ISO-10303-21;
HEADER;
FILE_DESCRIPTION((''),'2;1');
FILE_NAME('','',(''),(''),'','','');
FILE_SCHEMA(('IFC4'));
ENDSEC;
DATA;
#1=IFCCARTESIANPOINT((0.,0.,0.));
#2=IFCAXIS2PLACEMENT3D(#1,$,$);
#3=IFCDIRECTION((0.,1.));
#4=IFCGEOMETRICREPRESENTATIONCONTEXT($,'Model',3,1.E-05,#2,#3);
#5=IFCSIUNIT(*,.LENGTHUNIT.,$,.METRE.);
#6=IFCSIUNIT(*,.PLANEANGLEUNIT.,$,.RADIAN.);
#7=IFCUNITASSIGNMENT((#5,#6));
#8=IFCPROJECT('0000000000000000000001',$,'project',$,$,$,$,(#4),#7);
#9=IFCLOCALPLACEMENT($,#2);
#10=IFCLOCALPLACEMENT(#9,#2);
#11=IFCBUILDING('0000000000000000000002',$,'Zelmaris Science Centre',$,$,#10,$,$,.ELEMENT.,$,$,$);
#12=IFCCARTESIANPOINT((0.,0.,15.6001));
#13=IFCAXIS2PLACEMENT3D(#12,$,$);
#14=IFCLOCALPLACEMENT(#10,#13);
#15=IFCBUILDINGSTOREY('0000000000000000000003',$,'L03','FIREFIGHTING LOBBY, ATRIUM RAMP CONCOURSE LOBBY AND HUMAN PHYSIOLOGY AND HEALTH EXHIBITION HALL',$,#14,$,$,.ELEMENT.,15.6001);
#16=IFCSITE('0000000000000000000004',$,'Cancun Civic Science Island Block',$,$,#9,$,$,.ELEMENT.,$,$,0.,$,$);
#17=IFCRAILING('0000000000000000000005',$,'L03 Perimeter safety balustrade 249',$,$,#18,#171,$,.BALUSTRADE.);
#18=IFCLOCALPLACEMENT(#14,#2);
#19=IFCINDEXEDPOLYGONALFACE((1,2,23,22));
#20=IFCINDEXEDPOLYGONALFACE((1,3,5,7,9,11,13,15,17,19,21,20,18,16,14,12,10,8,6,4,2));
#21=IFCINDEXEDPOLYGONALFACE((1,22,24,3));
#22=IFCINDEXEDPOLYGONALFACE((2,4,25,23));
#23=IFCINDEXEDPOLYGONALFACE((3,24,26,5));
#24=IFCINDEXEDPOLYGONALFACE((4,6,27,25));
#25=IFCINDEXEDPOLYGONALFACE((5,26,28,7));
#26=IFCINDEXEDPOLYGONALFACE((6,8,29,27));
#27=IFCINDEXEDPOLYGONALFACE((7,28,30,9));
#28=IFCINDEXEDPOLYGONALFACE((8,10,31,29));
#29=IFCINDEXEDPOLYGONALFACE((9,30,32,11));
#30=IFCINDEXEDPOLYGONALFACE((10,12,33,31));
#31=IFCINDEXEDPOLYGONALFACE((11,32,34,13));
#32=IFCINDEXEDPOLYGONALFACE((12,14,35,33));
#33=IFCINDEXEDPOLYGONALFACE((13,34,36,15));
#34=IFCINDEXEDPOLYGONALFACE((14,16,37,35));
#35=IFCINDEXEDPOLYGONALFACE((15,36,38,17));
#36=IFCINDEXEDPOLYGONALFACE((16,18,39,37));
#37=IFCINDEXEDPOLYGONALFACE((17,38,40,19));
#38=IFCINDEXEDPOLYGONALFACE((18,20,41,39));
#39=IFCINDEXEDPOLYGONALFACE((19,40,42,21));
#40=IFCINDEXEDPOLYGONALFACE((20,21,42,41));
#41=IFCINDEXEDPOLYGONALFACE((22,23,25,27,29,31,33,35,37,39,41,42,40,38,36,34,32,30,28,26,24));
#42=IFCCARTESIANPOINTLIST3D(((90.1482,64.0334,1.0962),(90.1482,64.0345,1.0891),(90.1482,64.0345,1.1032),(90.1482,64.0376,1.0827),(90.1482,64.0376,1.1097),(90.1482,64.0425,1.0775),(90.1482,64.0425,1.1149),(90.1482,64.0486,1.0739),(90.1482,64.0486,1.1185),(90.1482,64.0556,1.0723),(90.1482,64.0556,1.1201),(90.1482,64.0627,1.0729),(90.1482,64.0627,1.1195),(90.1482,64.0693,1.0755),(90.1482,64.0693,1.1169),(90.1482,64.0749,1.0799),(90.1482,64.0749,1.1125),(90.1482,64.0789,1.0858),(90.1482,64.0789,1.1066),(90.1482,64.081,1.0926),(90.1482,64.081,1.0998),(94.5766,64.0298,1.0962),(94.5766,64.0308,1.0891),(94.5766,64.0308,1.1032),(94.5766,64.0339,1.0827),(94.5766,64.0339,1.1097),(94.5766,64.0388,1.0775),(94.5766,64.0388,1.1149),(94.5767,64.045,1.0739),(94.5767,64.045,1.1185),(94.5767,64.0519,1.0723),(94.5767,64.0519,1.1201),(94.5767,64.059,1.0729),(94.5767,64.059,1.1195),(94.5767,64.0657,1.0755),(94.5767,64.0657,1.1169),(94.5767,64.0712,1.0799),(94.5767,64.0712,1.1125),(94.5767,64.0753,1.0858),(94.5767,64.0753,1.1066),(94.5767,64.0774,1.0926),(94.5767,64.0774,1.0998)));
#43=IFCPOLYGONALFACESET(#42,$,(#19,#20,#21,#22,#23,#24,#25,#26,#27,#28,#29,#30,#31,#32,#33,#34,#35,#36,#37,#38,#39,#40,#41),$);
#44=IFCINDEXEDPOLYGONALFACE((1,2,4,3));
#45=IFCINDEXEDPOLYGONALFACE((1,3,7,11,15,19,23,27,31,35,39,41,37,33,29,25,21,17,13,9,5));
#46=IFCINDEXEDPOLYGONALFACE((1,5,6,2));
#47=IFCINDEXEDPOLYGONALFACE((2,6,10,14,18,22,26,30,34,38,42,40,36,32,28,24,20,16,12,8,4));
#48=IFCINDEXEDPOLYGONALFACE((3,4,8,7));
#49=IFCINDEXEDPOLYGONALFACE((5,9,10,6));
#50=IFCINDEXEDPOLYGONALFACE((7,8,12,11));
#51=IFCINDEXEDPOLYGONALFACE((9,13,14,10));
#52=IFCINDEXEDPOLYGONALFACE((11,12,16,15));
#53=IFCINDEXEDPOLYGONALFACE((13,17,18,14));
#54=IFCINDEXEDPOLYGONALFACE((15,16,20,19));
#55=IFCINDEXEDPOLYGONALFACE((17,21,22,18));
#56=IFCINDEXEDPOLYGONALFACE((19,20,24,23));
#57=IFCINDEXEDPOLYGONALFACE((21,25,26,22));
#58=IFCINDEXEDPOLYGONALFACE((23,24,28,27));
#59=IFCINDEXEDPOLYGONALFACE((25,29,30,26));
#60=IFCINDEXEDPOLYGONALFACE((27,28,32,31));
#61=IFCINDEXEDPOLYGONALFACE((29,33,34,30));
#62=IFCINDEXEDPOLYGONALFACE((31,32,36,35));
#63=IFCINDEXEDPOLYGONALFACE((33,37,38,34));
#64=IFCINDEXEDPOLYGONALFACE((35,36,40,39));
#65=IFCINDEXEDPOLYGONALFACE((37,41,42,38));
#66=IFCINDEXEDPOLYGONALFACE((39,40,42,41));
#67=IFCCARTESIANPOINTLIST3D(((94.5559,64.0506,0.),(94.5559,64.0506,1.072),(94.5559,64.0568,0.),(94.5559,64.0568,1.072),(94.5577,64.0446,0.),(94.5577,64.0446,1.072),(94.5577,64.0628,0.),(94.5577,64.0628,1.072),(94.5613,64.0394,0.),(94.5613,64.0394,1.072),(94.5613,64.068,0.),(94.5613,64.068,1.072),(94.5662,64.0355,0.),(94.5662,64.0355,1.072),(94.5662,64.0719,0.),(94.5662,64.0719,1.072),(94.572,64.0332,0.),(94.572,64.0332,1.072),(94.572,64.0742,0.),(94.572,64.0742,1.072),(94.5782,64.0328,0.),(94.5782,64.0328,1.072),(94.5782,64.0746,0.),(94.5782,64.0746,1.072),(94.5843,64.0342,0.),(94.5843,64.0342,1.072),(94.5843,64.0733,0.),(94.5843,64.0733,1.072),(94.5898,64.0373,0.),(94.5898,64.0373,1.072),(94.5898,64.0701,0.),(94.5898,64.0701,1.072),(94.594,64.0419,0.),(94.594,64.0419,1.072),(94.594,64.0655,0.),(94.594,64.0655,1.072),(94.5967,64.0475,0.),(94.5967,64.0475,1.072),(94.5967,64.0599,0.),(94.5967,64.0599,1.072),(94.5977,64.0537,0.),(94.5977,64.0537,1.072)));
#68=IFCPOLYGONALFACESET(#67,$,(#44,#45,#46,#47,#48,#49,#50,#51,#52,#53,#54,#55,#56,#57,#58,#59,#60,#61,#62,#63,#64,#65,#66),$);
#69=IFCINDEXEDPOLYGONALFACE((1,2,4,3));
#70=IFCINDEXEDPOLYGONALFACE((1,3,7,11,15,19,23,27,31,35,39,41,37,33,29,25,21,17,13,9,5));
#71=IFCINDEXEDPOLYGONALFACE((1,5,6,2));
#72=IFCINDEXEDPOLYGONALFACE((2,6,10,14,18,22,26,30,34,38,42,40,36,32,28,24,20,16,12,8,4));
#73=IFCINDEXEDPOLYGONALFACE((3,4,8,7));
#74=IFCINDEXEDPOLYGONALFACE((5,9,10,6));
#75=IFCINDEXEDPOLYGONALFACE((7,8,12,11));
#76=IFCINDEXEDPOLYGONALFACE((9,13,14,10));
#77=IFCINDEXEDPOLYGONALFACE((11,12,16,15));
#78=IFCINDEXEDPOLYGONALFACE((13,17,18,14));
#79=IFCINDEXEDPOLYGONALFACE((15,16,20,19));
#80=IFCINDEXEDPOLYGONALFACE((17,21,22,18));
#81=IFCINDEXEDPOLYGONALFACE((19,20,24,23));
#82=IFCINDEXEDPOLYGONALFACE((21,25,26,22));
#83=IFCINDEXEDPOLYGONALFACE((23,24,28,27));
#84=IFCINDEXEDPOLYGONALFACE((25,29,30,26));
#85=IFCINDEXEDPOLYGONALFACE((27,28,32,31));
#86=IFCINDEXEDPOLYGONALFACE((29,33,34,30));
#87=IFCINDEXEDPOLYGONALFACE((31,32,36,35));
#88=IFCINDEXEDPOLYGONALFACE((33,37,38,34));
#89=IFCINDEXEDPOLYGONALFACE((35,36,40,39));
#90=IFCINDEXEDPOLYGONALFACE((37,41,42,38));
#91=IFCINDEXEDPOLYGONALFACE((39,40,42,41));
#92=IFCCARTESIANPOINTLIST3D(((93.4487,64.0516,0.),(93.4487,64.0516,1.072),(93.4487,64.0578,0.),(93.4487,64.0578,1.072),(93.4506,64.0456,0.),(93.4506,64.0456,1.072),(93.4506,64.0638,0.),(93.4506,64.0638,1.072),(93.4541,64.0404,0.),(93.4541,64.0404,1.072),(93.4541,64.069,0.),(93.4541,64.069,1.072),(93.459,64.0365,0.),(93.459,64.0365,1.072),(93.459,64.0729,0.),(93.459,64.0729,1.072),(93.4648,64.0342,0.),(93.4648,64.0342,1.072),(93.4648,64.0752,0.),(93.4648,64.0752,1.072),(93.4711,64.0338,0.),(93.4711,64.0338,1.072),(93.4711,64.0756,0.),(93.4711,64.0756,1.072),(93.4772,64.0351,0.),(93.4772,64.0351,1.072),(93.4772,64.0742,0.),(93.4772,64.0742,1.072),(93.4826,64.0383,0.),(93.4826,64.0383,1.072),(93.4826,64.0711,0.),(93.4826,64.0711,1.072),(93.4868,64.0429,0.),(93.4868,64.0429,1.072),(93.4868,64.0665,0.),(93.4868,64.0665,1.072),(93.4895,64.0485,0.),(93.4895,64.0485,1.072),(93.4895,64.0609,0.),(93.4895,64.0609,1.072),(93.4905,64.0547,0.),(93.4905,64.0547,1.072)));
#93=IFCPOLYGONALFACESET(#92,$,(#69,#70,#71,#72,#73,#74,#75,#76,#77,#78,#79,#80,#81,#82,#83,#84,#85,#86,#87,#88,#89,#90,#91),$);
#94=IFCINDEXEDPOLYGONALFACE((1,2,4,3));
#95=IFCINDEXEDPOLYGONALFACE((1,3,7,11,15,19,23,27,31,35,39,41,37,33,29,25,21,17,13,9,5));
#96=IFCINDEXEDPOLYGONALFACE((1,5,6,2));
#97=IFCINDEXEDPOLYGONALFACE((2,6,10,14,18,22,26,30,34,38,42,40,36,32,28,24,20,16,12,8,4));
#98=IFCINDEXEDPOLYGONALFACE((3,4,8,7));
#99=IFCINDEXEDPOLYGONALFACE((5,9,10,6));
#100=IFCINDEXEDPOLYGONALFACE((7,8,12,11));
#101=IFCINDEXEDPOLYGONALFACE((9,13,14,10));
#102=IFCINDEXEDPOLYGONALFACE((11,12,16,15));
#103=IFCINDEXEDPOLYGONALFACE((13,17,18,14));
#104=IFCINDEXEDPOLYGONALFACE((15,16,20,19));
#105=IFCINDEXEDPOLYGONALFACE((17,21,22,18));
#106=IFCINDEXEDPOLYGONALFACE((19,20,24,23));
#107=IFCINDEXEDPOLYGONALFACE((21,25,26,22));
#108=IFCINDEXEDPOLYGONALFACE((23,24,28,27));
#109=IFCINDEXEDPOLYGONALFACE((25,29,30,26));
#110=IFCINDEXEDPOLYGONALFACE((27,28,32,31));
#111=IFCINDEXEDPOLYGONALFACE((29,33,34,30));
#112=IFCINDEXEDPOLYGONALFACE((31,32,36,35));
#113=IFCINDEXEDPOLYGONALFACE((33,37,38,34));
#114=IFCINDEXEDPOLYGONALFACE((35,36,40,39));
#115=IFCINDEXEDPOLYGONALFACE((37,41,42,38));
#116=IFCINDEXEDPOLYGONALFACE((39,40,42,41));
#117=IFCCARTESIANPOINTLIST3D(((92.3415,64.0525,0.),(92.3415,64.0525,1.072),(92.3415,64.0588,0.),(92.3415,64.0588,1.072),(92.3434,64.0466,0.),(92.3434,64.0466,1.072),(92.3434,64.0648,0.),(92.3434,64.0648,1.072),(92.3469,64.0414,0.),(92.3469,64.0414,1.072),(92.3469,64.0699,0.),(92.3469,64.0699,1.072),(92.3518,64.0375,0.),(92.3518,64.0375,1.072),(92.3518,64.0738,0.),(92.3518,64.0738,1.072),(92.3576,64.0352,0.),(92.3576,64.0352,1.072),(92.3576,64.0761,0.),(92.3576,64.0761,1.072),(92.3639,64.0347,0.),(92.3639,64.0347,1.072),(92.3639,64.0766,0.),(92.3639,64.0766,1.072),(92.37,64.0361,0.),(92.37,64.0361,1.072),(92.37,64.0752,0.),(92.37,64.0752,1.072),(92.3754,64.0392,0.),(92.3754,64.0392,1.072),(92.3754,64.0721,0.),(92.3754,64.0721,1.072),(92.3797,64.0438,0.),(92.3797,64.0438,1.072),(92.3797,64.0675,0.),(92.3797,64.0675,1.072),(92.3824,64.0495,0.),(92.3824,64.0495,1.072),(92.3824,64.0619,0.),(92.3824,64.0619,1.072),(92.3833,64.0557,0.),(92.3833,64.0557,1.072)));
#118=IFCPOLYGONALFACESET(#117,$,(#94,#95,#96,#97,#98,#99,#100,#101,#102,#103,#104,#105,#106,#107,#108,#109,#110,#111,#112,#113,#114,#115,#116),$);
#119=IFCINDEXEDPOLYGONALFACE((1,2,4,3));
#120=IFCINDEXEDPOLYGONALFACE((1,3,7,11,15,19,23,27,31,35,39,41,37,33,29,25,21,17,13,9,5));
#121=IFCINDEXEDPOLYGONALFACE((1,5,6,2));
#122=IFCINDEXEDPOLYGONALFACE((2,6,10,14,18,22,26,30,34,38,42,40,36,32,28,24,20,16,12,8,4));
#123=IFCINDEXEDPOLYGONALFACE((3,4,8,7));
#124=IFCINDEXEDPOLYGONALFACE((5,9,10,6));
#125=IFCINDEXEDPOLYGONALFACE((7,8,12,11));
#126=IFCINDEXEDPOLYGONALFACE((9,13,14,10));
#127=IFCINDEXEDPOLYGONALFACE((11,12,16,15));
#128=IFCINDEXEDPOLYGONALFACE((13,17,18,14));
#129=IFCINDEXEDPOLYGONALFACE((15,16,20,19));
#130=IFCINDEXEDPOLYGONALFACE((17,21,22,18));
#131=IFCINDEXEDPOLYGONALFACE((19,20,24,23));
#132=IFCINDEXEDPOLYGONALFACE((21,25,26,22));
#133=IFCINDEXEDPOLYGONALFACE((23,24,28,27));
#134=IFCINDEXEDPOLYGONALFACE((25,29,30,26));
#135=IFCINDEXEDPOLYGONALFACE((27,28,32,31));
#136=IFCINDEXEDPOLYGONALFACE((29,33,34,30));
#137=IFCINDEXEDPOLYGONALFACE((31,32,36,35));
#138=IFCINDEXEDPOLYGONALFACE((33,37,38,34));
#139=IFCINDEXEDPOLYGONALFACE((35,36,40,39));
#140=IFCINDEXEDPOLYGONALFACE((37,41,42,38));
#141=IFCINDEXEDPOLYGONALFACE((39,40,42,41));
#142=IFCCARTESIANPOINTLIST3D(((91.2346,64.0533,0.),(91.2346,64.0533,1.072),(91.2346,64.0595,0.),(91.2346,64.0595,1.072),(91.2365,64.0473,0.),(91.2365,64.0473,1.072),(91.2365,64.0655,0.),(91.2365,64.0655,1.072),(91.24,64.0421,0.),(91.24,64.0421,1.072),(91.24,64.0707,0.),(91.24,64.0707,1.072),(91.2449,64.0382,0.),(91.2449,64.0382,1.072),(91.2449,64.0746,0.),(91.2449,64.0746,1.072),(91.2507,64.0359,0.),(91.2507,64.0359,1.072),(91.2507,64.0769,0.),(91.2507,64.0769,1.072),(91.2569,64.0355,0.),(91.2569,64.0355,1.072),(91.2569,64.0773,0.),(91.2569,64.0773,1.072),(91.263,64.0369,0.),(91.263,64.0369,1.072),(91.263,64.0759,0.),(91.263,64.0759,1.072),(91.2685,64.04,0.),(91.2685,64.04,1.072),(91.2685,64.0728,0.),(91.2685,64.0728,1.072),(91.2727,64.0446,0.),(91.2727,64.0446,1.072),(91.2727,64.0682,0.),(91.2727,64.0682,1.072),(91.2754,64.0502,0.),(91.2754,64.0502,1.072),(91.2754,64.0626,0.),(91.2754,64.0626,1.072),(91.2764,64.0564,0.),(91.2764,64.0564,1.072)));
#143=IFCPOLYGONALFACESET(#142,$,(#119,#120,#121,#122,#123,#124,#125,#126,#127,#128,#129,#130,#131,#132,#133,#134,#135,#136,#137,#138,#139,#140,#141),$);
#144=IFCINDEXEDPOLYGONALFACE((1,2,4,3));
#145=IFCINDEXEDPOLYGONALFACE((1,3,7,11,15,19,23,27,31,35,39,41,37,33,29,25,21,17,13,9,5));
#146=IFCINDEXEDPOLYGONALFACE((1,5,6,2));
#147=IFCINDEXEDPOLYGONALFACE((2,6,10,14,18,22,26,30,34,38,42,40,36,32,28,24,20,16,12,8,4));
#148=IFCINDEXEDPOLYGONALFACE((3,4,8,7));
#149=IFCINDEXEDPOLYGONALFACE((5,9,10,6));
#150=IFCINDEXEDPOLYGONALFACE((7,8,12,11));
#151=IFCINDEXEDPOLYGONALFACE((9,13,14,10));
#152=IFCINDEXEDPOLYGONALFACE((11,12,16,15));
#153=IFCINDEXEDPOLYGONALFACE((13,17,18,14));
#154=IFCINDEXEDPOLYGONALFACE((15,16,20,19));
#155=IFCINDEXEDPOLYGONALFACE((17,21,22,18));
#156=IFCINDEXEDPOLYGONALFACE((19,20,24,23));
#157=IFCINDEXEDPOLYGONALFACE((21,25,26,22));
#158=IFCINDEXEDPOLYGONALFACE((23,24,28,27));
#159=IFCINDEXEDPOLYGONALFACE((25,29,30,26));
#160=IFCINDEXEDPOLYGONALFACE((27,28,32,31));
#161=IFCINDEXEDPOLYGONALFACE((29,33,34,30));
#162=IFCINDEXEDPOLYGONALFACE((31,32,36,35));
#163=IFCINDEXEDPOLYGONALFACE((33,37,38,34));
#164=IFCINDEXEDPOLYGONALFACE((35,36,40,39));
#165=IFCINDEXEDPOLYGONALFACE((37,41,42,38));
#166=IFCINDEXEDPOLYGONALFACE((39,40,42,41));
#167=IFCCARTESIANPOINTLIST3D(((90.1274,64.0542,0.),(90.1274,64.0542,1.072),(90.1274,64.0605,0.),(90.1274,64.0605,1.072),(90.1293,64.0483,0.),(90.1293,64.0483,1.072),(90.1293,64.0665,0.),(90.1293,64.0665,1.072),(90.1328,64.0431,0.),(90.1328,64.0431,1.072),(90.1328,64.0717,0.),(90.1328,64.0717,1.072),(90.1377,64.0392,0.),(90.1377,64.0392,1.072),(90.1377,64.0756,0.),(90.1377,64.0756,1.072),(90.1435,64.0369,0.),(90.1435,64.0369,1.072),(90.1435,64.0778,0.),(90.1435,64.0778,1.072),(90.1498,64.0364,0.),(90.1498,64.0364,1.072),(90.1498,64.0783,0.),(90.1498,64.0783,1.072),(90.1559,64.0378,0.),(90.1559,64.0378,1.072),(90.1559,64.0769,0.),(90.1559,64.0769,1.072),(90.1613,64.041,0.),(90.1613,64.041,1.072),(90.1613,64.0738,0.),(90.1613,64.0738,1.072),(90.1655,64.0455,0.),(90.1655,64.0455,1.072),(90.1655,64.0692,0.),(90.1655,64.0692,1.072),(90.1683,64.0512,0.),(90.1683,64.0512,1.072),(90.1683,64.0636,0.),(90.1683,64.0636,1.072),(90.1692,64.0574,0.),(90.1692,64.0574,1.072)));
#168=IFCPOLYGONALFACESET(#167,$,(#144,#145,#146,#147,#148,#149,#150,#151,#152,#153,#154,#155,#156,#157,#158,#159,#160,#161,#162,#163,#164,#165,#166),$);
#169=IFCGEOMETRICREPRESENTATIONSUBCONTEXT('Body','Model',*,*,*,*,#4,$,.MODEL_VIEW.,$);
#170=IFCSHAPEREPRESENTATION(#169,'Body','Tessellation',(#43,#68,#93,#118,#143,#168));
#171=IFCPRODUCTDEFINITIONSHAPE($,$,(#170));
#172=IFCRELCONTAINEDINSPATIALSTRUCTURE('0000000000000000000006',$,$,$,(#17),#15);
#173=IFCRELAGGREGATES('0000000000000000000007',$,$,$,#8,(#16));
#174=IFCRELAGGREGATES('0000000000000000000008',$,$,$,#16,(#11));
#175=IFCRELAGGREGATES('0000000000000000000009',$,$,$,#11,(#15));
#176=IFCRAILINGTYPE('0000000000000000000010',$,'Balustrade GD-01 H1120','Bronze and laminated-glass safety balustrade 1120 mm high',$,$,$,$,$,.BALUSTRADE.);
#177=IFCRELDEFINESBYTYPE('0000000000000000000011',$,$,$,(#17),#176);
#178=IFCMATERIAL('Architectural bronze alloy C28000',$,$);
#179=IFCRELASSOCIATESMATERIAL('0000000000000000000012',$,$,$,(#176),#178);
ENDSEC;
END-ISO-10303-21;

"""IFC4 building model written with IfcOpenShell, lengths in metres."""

from ifc_helpers import new_model, si_unit, direction, frame, origin, origin_2d, place, context, subcontext, project, spatial, circle, extrude, material, type_object, element, save


model = new_model("IFC4")

# Units and contexts
model_context = context("Model", 3, precision=1e-05, world=origin(), true_north=direction((0.0, 1.0)))
body_context = subcontext(model_context, "Body", "Model", "MODEL_VIEW")
ifc_project = project(units=[si_unit("LENGTHUNIT", "METRE"), si_unit("PLANEANGLEUNIT", "RADIAN")], contexts=[model_context])

# Site, building, storey
site_placement = place(None, origin())
site = spatial("IfcSite", under=ifc_project, at=site_placement, Name="Cancun Civic Science Island Block", CompositionType="ELEMENT", RefElevation=0.0)
building_placement = place(site_placement, origin())
building = spatial("IfcBuilding", under=site, at=building_placement, Name="Zelmaris Science Centre", CompositionType="ELEMENT")
storey_placement = place(building_placement, frame((0.0, 0.0, 15.6001)))
storey = spatial("IfcBuildingStorey", under=building, at=storey_placement, Name="L03", Description="FIREFIGHTING LOBBY, ATRIUM RAMP CONCOURSE LOBBY AND HUMAN PHYSIOLOGY AND HEALTH EXHIBITION HALL", CompositionType="ELEMENT", Elevation=15.6001)

# Railing
ifc_material_1 = material(Name="Architectural bronze alloy C28000")
railing_type = type_object("IfcRailingType", Name="Balustrade GD-01 H1120", Description="Bronze and laminated-glass safety balustrade 1120 mm high", PredefinedType="BALUSTRADE", material=ifc_material_1)
railing_1_placement = place(storey_placement, frame((94.5767, 64.0537, 0.0)))
element("IfcRailing", 1, at=railing_1_placement, inside=storey, type_object=railing_type, Name="L03 Perimeter safety balustrade 249", PredefinedType="BALUSTRADE", context=body_context, shape_type="SweptSolid", body=[
    extrude(circle(Radius=0.0239, at=origin_2d()), frame((0.0, 0.0, 1.0962), z_axis=(-1.0, 0.000827, 0.0), x_axis=(-0.000827, -1.0, 0.0)), (0.0, 0.0, 1.0), 4.4285),
    extrude(circle(Radius=0.021, at=origin_2d()), origin(), (0.0, 0.0, 1.0), 1.072),
    extrude(circle(Radius=0.021, at=origin_2d()), frame((-1.1072, 0.001, 0.0)), (0.0, 0.0, 1.0), 1.072),
    extrude(circle(Radius=0.021, at=origin_2d()), frame((-2.2144, 0.002, 0.0)), (0.0, 0.0, 1.0), 1.072),
    extrude(circle(Radius=0.021, at=origin_2d()), frame((-3.3213, 0.0027, 0.0)), (0.0, 0.0, 1.0), 1.072),
    extrude(circle(Radius=0.021, at=origin_2d()), frame((-4.4285, 0.0037, 0.0)), (0.0, 0.0, 1.0), 1.072),
])

save(model, "model.ifc")
